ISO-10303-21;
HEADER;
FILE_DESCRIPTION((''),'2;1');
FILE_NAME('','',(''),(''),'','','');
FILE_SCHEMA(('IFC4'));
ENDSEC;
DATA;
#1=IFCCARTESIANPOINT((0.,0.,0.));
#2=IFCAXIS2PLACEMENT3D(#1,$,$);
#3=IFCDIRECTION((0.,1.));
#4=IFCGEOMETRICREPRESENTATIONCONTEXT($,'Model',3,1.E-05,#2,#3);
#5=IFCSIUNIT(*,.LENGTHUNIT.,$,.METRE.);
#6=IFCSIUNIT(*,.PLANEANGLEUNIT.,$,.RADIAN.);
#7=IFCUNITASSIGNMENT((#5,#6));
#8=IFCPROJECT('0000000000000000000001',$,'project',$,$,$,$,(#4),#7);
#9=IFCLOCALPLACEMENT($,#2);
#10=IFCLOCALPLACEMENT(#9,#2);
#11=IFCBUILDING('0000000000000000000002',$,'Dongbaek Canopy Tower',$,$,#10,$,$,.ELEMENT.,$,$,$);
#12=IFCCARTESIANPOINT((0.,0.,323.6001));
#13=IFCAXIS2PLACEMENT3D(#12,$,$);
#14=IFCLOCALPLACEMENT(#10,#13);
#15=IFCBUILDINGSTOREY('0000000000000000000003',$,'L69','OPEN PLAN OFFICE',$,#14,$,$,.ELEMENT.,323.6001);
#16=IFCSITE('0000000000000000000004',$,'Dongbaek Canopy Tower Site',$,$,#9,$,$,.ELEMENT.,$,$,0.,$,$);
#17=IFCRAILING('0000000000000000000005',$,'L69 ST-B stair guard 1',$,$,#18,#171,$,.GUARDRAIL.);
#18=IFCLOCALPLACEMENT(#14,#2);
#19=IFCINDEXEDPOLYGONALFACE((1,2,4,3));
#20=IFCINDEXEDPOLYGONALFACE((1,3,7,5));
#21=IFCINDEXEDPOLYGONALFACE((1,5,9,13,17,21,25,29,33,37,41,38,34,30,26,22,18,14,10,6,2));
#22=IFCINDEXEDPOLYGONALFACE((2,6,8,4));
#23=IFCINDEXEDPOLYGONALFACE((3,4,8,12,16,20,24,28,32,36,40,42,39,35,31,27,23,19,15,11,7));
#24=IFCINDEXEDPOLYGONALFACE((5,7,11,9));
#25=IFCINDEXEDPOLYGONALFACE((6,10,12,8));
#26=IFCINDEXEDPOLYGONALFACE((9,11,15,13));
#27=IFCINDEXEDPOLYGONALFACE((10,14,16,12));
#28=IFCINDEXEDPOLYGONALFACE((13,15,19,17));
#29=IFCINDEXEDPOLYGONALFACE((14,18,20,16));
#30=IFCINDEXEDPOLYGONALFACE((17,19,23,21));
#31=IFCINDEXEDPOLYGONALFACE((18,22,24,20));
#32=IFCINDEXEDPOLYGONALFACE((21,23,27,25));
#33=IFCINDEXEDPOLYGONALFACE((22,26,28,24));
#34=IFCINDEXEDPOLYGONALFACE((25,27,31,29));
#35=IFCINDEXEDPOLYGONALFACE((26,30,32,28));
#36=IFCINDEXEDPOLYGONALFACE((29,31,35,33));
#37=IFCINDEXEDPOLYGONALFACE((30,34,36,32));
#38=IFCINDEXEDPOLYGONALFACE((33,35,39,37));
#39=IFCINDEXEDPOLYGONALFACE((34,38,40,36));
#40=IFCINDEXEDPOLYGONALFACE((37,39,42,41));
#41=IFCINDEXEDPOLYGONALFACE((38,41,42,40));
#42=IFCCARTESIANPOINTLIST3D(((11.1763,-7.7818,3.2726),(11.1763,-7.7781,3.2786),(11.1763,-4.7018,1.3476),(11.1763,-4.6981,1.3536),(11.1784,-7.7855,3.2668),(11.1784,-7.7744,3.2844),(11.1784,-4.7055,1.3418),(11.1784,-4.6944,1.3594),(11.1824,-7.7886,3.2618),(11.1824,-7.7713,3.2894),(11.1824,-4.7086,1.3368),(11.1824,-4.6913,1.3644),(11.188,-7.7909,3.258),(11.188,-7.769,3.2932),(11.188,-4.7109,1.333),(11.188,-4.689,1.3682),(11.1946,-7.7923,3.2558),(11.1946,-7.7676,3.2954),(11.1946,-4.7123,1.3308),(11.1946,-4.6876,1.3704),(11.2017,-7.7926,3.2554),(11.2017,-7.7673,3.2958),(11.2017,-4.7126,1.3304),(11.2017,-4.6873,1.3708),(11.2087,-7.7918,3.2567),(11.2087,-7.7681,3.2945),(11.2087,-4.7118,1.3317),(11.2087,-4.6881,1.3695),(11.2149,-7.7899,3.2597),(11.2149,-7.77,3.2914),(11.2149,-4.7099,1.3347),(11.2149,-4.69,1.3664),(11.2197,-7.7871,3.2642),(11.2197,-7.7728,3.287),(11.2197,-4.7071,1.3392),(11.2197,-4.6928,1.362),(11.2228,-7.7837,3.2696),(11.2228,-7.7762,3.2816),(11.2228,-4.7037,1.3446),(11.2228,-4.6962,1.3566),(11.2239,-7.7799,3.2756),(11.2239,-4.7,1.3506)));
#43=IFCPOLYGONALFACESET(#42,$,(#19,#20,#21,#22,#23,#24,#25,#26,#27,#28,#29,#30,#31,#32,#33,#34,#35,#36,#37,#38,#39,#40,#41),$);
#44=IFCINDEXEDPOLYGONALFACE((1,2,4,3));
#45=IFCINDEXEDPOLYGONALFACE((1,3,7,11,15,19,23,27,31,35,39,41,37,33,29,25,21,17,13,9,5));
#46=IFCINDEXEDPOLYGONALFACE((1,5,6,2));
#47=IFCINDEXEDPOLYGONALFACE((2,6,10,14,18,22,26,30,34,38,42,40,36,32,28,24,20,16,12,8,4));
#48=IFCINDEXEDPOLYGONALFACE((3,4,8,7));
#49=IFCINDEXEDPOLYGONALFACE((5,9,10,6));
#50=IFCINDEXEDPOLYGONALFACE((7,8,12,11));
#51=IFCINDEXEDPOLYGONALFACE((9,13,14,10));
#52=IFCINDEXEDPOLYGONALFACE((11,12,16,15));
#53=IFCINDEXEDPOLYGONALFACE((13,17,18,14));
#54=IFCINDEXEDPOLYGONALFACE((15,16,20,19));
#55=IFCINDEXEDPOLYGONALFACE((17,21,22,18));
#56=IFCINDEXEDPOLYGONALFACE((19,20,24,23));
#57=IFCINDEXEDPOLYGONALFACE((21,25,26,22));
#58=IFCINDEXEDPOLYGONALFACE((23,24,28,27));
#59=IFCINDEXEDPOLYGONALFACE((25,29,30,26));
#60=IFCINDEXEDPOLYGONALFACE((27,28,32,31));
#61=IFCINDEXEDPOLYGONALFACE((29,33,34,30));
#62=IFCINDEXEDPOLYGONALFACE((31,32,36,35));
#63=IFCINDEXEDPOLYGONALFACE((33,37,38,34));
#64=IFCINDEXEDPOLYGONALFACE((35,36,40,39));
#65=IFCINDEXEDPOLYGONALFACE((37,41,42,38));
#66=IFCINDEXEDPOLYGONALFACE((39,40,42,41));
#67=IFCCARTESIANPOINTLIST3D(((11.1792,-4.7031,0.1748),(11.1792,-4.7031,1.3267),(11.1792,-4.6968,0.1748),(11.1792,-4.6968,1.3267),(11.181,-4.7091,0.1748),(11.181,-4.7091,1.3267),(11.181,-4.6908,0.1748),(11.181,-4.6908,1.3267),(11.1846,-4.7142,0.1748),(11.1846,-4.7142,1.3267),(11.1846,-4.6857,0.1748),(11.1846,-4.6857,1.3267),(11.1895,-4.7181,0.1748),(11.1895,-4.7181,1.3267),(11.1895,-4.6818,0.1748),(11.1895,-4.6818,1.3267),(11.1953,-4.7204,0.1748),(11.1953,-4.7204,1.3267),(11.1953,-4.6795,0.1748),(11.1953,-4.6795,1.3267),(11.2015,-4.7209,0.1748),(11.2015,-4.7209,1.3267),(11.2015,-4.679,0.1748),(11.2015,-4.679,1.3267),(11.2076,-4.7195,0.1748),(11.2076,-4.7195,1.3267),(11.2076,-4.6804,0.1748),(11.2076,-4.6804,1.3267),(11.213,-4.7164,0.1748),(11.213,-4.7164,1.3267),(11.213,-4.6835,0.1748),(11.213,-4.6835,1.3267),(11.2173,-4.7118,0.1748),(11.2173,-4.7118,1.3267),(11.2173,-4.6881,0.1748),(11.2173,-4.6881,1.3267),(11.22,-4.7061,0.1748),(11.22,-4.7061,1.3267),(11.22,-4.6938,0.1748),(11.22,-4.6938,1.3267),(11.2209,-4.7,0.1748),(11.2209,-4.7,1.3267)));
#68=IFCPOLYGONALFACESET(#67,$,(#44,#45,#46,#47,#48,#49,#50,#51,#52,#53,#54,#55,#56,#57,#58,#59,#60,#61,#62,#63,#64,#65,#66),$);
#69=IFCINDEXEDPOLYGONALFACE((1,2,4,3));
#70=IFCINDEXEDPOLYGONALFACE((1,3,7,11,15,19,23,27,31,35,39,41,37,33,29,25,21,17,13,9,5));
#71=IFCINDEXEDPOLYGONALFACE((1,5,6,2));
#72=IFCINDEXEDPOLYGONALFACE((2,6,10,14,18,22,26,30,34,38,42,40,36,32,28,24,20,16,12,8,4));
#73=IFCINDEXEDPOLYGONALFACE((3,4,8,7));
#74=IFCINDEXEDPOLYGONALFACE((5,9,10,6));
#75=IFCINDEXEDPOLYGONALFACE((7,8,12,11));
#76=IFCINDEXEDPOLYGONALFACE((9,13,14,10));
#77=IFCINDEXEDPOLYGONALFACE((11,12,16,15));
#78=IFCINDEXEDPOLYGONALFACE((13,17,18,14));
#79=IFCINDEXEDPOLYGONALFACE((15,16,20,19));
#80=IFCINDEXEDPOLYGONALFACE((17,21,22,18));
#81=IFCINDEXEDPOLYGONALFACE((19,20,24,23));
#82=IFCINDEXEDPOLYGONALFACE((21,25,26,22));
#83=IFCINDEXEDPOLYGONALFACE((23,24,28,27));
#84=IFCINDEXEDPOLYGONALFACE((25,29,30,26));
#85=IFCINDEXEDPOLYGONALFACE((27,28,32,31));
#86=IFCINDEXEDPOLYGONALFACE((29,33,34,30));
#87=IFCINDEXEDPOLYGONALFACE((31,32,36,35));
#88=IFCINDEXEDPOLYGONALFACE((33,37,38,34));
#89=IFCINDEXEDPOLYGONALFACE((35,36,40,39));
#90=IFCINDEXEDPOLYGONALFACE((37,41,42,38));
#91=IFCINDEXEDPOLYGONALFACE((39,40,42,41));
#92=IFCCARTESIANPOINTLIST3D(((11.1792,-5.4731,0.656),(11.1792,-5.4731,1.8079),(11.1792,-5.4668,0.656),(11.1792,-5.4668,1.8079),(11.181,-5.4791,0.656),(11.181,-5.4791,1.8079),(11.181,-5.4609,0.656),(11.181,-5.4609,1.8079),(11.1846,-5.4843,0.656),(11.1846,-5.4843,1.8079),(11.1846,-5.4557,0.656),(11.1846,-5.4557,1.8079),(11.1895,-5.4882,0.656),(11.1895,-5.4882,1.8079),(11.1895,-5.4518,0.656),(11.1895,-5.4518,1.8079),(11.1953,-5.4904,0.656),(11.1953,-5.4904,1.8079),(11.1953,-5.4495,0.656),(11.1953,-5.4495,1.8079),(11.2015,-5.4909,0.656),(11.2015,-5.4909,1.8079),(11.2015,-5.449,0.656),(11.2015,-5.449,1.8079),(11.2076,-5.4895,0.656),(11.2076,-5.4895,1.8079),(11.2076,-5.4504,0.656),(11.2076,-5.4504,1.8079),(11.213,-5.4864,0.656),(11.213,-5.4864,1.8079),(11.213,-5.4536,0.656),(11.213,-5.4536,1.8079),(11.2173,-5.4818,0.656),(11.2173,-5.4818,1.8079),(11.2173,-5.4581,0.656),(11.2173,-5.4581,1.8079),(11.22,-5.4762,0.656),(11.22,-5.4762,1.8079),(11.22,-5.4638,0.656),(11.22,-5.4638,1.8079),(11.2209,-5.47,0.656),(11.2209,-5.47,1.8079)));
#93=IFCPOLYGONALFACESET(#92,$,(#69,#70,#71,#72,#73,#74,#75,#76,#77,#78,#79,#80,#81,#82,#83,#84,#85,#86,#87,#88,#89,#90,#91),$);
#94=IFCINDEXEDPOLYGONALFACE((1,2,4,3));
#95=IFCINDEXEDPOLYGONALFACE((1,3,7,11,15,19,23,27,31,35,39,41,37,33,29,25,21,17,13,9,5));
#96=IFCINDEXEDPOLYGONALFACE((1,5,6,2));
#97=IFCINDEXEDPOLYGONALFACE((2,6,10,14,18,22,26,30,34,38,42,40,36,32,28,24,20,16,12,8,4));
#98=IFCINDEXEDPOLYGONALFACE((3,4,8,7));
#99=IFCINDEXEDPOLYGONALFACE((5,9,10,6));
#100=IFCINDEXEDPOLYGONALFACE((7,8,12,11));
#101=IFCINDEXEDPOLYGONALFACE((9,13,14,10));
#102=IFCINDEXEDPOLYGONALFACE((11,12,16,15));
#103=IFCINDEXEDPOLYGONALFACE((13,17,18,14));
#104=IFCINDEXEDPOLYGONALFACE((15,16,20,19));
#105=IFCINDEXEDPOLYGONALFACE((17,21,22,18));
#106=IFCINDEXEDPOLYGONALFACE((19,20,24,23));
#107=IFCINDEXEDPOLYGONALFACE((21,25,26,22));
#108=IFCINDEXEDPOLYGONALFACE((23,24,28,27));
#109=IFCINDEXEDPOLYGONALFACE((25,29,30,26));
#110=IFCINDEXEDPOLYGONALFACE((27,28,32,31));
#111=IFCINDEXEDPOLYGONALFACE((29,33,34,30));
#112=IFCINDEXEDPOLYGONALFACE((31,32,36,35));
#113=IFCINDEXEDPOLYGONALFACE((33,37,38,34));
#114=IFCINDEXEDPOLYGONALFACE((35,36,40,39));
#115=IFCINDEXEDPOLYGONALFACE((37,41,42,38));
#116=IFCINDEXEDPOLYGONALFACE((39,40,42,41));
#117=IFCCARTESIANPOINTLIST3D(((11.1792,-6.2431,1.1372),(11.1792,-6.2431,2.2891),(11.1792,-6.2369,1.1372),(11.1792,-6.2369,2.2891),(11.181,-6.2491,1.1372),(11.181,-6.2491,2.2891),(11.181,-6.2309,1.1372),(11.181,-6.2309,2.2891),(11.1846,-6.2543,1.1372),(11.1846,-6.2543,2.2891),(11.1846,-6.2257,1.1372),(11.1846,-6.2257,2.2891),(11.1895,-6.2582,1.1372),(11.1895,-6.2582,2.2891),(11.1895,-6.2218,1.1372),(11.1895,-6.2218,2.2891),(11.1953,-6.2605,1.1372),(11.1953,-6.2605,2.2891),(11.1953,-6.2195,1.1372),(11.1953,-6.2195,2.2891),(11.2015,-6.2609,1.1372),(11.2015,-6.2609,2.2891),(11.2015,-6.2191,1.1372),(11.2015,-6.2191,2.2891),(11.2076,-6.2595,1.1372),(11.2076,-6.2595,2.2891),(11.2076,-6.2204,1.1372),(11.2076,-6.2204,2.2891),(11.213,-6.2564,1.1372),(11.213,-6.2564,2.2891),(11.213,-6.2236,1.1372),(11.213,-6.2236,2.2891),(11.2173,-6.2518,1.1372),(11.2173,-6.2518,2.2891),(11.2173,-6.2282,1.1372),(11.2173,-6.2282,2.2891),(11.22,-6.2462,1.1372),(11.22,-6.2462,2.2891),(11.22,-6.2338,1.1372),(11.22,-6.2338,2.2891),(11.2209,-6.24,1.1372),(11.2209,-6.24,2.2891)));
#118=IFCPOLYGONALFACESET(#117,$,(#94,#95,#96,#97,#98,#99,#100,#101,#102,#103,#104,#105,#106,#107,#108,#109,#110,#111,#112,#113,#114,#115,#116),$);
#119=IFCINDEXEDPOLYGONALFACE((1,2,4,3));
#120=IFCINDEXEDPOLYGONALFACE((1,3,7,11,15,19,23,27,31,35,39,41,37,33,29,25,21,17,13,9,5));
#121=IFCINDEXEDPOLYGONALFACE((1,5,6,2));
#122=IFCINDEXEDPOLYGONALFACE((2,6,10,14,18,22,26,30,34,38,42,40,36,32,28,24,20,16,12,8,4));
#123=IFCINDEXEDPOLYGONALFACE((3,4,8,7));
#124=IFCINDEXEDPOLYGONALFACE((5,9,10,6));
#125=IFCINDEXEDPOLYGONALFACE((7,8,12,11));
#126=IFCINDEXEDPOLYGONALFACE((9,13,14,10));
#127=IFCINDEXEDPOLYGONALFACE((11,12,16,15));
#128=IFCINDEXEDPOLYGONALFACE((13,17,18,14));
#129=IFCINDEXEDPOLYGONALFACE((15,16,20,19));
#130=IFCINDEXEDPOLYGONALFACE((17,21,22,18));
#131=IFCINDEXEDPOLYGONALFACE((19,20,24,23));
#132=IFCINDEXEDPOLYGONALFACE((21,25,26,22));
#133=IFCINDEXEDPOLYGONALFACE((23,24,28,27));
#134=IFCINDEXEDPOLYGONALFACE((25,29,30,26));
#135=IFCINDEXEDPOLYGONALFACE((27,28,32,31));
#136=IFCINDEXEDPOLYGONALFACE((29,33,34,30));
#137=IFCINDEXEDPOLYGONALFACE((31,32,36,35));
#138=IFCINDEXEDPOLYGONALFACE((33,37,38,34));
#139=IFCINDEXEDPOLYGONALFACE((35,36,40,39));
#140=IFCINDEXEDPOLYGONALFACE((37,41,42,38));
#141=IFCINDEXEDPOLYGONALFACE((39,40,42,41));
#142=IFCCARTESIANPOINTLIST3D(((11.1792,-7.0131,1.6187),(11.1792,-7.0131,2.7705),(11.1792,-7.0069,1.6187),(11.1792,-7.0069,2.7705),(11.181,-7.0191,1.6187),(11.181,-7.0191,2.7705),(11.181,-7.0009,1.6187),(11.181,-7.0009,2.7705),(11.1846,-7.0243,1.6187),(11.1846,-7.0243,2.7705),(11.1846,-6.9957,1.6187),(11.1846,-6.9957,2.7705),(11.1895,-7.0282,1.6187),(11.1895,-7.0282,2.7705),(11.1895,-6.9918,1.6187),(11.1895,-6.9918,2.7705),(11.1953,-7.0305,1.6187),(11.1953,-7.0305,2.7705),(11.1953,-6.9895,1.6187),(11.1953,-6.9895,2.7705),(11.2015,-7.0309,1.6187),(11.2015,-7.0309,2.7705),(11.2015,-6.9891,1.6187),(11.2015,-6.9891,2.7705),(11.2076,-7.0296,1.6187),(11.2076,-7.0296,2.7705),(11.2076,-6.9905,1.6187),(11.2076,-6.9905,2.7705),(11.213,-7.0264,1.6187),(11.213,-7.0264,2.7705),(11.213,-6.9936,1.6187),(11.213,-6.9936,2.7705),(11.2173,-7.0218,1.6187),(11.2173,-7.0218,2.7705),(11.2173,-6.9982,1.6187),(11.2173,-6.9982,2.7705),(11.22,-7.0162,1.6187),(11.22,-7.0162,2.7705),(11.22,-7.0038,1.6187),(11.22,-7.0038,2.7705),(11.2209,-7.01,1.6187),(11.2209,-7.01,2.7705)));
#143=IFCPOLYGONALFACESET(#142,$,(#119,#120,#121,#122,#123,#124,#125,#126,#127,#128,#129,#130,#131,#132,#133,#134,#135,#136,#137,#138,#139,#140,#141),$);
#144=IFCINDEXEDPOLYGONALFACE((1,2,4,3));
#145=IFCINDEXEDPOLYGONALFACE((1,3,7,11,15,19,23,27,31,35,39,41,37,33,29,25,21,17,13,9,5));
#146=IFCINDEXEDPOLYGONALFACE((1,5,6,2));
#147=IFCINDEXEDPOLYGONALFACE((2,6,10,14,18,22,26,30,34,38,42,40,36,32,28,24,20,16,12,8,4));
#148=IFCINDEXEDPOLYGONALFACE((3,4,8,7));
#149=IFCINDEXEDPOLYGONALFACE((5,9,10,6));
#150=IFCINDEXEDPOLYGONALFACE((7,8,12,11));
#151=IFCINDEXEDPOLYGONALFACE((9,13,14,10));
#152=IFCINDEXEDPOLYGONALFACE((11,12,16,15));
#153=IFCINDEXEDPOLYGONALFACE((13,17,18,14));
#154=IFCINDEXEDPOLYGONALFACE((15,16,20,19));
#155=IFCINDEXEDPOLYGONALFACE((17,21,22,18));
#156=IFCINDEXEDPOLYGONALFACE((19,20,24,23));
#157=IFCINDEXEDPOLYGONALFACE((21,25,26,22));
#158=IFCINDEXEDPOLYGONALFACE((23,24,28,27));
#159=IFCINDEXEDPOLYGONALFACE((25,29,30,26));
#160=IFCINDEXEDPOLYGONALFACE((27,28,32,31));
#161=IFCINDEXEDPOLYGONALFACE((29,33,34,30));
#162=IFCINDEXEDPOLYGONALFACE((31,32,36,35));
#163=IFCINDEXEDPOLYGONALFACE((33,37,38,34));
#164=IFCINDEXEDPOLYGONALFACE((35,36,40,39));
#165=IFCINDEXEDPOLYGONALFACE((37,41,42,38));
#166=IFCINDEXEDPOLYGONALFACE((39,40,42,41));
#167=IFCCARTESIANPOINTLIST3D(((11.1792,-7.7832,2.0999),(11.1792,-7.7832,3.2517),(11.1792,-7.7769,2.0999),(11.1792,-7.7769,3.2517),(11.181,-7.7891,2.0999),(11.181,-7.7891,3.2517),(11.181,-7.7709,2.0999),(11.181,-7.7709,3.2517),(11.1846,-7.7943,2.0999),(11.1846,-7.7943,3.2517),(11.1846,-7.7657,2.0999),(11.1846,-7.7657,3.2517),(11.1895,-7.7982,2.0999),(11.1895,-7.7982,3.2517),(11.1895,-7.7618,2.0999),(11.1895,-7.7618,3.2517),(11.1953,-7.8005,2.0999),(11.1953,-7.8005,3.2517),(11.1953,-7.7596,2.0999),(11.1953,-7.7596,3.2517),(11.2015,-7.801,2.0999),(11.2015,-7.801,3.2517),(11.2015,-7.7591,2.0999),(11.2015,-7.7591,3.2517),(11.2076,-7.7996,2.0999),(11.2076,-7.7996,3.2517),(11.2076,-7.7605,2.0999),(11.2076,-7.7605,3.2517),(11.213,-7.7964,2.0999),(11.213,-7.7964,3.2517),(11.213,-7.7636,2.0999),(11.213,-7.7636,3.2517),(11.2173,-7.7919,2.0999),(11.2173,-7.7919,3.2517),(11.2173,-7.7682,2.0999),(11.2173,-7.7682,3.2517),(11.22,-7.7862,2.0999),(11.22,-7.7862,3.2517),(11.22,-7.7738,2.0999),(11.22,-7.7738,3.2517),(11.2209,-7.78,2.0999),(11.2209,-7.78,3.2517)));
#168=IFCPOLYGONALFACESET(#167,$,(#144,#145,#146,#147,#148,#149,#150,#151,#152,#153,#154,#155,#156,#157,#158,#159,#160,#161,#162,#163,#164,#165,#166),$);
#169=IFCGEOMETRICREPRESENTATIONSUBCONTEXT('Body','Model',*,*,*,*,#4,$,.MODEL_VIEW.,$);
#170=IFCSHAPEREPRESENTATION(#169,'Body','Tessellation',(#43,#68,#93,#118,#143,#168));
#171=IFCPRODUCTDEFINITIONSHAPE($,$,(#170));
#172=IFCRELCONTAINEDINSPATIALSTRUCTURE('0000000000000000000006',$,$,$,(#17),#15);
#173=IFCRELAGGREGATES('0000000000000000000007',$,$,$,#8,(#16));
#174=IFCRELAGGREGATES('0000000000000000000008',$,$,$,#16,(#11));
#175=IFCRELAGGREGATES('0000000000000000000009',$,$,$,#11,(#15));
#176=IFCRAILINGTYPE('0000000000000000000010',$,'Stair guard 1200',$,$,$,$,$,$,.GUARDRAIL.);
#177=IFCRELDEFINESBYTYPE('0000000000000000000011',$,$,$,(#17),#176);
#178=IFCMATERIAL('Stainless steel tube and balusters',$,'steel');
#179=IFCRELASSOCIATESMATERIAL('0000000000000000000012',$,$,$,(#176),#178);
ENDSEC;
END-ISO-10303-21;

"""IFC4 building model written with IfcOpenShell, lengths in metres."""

from ifc_helpers import new_model, si_unit, direction, frame, origin, origin_2d, place, context, subcontext, project, spatial, circle, extrude, material, type_object, element, save


model = new_model("IFC4")

# Units and contexts
model_context = context("Model", 3, precision=1e-05, world=origin(), true_north=direction((0.0, 1.0)))
body_context = subcontext(model_context, "Body", "Model", "MODEL_VIEW")
ifc_project = project(units=[si_unit("LENGTHUNIT", "METRE"), si_unit("PLANEANGLEUNIT", "RADIAN")], contexts=[model_context])

# Site, building, storey
site_placement = place(None, origin())
site = spatial("IfcSite", under=ifc_project, at=site_placement, Name="Dongbaek Canopy Tower Site", CompositionType="ELEMENT", RefElevation=0.0)
building_placement = place(site_placement, origin())
building = spatial("IfcBuilding", under=site, at=building_placement, Name="Dongbaek Canopy Tower", CompositionType="ELEMENT")
storey_placement = place(building_placement, frame((0.0, 0.0, 323.6001)))
storey = spatial("IfcBuildingStorey", under=building, at=storey_placement, Name="L69", Description="OPEN PLAN OFFICE", CompositionType="ELEMENT", Elevation=323.6001)

# Railing
ifc_material_1 = material(Name="Stainless steel tube and balusters", Category="steel")
railing_type_1 = type_object("IfcRailingType", Name="Stair guard 1200", PredefinedType="GUARDRAIL", material=ifc_material_1)
railing_1_placement = place(storey_placement, frame((11.2, -4.7, 0.1748)))
element("IfcRailing", 1, at=railing_1_placement, inside=storey, type_object=railing_type_1, Name="L69 ST-B stair guard 1", PredefinedType="GUARDRAIL", context=body_context, shape_type="SweptSolid", body=[
    extrude(circle(Radius=0.0239, at=origin_2d()), frame((0.0, 0.0, 1.1758), z_axis=(0.0, -0.847998, 0.529999), x_axis=(1.0, 0.0, 0.0)), (0.0, 0.0, 1.0), 3.6321),
    extrude(circle(Radius=0.021, at=origin_2d()), origin(), (0.0, 0.0, 1.0), 1.1519),
    extrude(circle(Radius=0.021, at=origin_2d()), frame((0.0, -0.77, 0.4812)), (0.0, 0.0, 1.0), 1.1519),
    extrude(circle(Radius=0.021, at=origin_2d()), frame((0.0, -1.54, 0.9624)), (0.0, 0.0, 1.0), 1.1519),
    extrude(circle(Radius=0.021, at=origin_2d()), frame((0.0, -2.3101, 1.4438)), (0.0, 0.0, 1.0), 1.1519),
    extrude(circle(Radius=0.021, at=origin_2d()), frame((0.0, -3.0801, 1.925)), (0.0, 0.0, 1.0), 1.1519),
])

save(model, "model.ifc")
